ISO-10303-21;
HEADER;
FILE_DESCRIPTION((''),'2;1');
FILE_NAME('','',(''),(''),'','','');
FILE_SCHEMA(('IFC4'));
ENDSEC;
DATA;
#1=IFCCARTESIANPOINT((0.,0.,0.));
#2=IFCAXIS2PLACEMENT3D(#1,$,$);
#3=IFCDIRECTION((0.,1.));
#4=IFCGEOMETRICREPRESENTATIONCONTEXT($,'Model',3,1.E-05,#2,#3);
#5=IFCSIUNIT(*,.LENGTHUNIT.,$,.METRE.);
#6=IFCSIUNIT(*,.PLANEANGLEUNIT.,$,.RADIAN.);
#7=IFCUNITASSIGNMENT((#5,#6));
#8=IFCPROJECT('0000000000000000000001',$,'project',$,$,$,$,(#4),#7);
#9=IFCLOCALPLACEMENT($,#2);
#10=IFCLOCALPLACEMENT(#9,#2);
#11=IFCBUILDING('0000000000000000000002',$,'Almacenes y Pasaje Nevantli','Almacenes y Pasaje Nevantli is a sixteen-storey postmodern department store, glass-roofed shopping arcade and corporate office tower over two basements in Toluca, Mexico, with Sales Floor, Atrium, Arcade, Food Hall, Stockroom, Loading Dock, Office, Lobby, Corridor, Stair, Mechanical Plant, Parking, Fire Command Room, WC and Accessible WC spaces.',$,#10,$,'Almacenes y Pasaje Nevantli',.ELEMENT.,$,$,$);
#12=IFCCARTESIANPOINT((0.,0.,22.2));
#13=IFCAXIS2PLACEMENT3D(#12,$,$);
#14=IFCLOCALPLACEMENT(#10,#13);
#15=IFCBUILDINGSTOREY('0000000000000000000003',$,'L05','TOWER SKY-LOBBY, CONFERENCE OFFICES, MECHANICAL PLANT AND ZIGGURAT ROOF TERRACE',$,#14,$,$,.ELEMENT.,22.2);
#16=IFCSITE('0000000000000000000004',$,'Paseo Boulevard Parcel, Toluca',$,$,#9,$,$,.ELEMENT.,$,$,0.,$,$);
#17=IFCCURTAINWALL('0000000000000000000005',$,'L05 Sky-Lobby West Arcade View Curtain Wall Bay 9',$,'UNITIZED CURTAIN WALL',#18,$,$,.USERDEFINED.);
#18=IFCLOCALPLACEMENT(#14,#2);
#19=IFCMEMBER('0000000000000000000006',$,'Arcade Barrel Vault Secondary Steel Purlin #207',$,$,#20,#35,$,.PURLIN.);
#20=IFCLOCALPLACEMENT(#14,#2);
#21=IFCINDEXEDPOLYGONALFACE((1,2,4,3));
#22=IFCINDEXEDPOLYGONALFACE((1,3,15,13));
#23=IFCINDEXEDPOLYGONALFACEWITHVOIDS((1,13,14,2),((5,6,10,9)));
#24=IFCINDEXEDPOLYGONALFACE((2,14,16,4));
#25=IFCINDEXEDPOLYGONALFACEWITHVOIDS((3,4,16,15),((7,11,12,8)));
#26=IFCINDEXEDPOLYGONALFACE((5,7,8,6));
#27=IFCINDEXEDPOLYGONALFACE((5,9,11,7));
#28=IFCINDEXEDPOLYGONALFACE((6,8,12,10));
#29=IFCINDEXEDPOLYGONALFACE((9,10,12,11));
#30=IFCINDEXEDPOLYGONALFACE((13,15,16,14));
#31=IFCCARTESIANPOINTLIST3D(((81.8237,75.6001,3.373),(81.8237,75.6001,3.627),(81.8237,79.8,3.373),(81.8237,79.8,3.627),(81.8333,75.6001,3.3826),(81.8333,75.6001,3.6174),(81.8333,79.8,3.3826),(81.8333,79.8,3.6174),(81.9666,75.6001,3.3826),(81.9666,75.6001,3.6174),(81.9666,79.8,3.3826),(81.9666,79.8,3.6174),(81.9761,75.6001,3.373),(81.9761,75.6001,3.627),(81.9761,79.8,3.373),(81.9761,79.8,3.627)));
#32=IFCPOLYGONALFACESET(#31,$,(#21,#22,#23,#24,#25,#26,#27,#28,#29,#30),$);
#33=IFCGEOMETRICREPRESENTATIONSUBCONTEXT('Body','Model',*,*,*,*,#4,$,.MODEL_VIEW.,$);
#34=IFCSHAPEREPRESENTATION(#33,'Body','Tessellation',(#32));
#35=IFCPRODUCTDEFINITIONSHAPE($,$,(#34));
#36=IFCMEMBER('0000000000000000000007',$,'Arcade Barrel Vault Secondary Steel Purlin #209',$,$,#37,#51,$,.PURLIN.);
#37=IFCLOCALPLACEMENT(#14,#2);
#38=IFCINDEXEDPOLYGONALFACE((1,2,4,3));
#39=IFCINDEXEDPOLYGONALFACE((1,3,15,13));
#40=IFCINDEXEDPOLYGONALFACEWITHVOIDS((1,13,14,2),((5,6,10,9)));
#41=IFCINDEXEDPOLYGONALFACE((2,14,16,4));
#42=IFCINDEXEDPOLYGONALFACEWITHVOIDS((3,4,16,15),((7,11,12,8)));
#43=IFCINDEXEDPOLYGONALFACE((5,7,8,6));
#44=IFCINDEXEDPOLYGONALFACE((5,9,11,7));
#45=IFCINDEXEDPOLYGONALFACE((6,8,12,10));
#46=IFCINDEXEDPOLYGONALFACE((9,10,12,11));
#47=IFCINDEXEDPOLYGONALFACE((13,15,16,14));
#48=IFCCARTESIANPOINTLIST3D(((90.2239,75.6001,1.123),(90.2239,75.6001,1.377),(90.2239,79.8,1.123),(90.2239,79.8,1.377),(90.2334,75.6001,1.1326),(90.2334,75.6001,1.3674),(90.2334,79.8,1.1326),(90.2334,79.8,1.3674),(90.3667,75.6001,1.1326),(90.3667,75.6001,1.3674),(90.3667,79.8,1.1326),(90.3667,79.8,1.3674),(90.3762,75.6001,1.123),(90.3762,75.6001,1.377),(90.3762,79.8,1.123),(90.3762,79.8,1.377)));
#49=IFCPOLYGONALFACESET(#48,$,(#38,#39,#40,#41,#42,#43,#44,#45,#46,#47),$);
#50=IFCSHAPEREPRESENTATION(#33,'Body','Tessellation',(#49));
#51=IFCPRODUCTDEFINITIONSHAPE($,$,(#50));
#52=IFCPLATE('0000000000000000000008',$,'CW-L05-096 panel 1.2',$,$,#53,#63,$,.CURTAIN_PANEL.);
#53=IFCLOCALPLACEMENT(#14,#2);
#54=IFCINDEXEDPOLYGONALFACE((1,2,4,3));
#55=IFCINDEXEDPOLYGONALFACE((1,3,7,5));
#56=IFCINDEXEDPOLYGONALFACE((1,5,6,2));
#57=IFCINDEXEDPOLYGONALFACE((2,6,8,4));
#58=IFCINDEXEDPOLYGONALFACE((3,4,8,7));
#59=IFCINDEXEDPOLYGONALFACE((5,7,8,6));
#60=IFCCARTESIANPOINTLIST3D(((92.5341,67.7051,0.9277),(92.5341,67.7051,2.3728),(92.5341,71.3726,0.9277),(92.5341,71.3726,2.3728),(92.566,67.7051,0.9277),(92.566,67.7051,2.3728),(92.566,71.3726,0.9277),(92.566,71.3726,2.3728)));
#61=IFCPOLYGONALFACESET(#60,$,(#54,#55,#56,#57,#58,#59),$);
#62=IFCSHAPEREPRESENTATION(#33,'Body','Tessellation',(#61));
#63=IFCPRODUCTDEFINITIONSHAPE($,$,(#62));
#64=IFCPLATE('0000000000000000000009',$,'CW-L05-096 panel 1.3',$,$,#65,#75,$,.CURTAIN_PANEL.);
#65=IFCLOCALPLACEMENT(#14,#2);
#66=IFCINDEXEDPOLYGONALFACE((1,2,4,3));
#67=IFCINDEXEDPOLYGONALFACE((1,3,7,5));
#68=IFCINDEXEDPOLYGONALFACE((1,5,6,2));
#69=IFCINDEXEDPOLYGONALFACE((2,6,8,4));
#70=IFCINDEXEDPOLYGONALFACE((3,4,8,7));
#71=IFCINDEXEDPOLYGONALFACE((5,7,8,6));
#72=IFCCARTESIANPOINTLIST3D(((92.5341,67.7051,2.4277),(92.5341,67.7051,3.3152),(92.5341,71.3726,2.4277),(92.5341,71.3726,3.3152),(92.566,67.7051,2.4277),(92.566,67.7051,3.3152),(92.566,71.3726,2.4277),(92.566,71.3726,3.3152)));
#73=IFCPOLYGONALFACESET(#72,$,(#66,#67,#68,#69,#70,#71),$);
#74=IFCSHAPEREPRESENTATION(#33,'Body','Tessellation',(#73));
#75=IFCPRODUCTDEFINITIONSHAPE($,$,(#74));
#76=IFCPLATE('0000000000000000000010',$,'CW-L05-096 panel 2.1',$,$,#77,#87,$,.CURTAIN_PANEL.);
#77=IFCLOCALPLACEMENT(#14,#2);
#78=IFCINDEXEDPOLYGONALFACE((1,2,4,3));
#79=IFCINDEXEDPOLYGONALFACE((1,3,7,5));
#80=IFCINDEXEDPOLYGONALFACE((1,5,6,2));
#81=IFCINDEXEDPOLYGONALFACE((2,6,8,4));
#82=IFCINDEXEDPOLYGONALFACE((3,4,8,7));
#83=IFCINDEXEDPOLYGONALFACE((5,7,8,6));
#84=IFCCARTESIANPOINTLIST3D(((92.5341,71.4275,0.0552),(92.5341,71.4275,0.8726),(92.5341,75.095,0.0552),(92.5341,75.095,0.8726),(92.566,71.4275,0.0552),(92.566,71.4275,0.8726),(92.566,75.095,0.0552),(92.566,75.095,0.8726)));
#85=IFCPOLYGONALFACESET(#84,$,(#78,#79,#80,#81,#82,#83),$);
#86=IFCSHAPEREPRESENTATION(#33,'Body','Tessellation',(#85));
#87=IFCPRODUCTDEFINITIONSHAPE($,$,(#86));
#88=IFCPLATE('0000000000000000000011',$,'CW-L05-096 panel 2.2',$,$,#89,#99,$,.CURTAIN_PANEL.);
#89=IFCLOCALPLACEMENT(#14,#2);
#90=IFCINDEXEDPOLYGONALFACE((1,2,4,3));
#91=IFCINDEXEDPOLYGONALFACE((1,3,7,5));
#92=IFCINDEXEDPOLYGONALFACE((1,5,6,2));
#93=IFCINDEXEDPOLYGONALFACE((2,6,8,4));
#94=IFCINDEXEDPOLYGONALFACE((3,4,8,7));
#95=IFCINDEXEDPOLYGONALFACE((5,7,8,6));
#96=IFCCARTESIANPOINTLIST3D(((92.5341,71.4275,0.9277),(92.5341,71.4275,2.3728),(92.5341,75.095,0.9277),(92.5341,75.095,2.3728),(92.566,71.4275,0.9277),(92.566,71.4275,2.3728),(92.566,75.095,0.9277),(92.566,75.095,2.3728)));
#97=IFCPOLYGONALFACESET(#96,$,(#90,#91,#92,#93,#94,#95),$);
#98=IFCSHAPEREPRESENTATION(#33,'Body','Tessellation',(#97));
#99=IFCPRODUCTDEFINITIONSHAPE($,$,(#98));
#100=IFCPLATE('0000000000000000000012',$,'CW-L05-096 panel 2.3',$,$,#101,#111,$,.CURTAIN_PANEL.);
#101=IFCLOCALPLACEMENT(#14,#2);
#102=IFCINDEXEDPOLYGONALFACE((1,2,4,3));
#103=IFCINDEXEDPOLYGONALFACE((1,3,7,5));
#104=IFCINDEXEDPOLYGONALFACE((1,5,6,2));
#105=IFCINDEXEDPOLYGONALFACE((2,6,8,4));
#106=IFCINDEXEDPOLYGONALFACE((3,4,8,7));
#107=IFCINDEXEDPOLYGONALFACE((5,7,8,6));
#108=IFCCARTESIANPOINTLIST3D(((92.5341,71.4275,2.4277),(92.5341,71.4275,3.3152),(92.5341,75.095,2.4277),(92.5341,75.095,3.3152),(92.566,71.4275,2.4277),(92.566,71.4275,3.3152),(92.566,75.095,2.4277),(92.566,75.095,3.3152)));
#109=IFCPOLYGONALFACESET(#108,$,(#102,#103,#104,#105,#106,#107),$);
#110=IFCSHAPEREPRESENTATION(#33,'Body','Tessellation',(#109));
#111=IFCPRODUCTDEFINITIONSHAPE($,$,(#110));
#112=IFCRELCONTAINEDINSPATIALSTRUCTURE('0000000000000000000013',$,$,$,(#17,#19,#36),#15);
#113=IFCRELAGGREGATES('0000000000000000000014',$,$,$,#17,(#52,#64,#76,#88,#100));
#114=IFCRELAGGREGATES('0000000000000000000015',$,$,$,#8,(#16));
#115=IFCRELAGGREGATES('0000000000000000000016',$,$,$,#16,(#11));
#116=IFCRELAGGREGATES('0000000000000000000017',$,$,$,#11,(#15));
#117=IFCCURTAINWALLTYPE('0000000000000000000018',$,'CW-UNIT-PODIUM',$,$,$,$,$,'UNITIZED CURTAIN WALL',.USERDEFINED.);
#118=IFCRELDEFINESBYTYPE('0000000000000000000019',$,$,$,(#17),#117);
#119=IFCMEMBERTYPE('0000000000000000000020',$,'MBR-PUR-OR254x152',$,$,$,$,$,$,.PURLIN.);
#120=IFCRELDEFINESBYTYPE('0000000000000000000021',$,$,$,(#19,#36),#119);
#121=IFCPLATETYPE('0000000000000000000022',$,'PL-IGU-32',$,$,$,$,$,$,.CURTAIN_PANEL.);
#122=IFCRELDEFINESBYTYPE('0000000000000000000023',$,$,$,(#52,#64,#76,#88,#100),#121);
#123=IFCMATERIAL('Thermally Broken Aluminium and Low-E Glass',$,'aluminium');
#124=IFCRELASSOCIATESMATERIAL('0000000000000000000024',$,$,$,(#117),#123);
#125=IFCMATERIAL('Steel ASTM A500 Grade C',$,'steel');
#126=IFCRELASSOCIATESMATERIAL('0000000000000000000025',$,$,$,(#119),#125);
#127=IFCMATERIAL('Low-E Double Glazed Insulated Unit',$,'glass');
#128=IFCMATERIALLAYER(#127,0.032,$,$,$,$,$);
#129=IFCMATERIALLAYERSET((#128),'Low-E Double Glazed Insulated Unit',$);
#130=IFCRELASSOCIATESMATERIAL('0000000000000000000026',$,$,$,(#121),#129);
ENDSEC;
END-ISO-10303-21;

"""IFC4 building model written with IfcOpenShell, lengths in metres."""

from ifc_helpers import new_model, si_unit, direction, frame, origin, origin_2d, place, context, subcontext, project, spatial, rectangle, hollow_rectangle, extrude, material, layer, layer_set, material_profile, profile_set, type_object, element, aggregate, save


model = new_model("IFC4")

# Units and contexts
model_context = context("Model", 3, precision=1e-05, world=origin(), true_north=direction((0.0, 1.0)))
body_context = subcontext(model_context, "Body", "Model", "MODEL_VIEW")
ifc_project = project(units=[si_unit("LENGTHUNIT", "METRE"), si_unit("PLANEANGLEUNIT", "RADIAN")], contexts=[model_context])

# Site, building, storey
site_placement = place(None, origin())
site = spatial("IfcSite", under=ifc_project, at=site_placement, Name="Paseo Boulevard Parcel, Toluca", CompositionType="ELEMENT", RefElevation=0.0)
building_placement = place(site_placement, origin())
building = spatial("IfcBuilding", under=site, at=building_placement, Name="Almacenes y Pasaje Nevantli", Description="Almacenes y Pasaje Nevantli is a sixteen-storey postmodern department store, glass-roofed shopping arcade and corporate office tower over two basements in Toluca, Mexico, with Sales Floor, Atrium, Arcade, Food Hall, Stockroom, Loading Dock, Office, Lobby, Corridor, Stair, Mechanical Plant, Parking, Fire Command Room, WC and Accessible WC spaces.", LongName="Almacenes y Pasaje Nevantli", CompositionType="ELEMENT")
storey_placement = place(building_placement, frame((0.0, 0.0, 22.2)))
storey = spatial("IfcBuildingStorey", under=building, at=storey_placement, Name="L05", Description="TOWER SKY-LOBBY, CONFERENCE OFFICES, MECHANICAL PLANT AND ZIGGURAT ROOF TERRACE", CompositionType="ELEMENT", Elevation=22.2)

# Curtain wall
ifc_material_1 = material(Name="Thermally Broken Aluminium and Low-E Glass", Category="aluminium")
curtain_wall_type = type_object("IfcCurtainWallType", Name="CW-UNIT-PODIUM", ElementType="UNITIZED CURTAIN WALL", PredefinedType="USERDEFINED", material=ifc_material_1)
curtain_wall_placement = place(storey_placement, origin())
curtain_wall = element("IfcCurtainWall", 1, at=curtain_wall_placement, inside=storey, type_object=curtain_wall_type, Name="L05 Sky-Lobby West Arcade View Curtain Wall Bay 9", ObjectType="UNITIZED CURTAIN WALL", PredefinedType="USERDEFINED")

# Members
ifc_material_2 = material(Name="Steel ASTM A500 Grade C", Category="steel")
ifc_material_profile_1 = material_profile(ifc_material_2, hollow_rectangle(XDim=0.1523, YDim=0.2539, WallThickness=0.0095, at=origin_2d()), Name="OR 254x152x9.5")
ifc_profile_set_1 = profile_set([ifc_material_profile_1], Name="Steel ASTM A500 Grade C")
member_type_1 = type_object("IfcMemberType", Name="MBR-PUR-OR254x152", PredefinedType="PURLIN", material=ifc_profile_set_1)
for number, where, z_axis, x_axis, name in (
    (2, (81.8999, 75.6001, 3.5), (0.0, 1.0, 0.0), (-1.0, 0.0, 0.0), "Arcade Barrel Vault Secondary Steel Purlin #207"),
    (3, (90.3, 75.6001, 1.25), (0.0, 1.0, 0.0), (-1.0, 0.0, 0.0), "Arcade Barrel Vault Secondary Steel Purlin #209"),
):
    element("IfcMember", number, at=place(storey_placement, frame(where, z_axis=z_axis, x_axis=x_axis)), inside=storey, type_object=member_type_1, Name=name, PredefinedType="PURLIN", context=body_context, shape_type="SweptSolid", body=[
        extrude(hollow_rectangle(XDim=0.1523, YDim=0.2539, WallThickness=0.0095, at=origin_2d()), origin(), (0.0, 0.0, 1.0), 4.2),
    ])

# Plates
ifc_material_3 = material(Name="Low-E Double Glazed Insulated Unit", Category="glass")
ifc_layer = layer(ifc_material_3, 0.032)
ifc_layer_set = layer_set([ifc_layer], Name="Low-E Double Glazed Insulated Unit")
plate_type = type_object("IfcPlateType", Name="PL-IGU-32", PredefinedType="CURTAIN_PANEL", material=ifc_layer_set)
plate_1_placement = place(storey_placement, frame((92.55, 69.5388, 0.9277), z_axis=(0.0, 0.0, 1.0), x_axis=(0.0, 1.0, 0.0)))
plate_1 = element("IfcPlate", 4, at=plate_1_placement, type_object=plate_type, Name="CW-L05-096 panel 1.2", PredefinedType="CURTAIN_PANEL", context=body_context, shape_type="SweptSolid", body=[
    extrude(rectangle(XDim=3.6675, YDim=0.032, at=origin_2d()), origin(), (0.0, 0.0, 1.0), 1.4451),
])
plate_2_placement = place(storey_placement, frame((92.55, 69.5388, 2.4277), z_axis=(0.0, 0.0, 1.0), x_axis=(0.0, 1.0, 0.0)))
plate_2 = element("IfcPlate", 5, at=plate_2_placement, type_object=plate_type, Name="CW-L05-096 panel 1.3", PredefinedType="CURTAIN_PANEL", context=body_context, shape_type="SweptSolid", body=[
    extrude(rectangle(XDim=3.6675, YDim=0.032, at=origin_2d()), origin(), (0.0, 0.0, 1.0), 0.8875),
])
plate_3_placement = place(storey_placement, frame((92.55, 73.2612, 0.0552), z_axis=(0.0, 0.0, 1.0), x_axis=(0.0, 1.0, 0.0)))
plate_3 = element("IfcPlate", 6, at=plate_3_placement, type_object=plate_type, Name="CW-L05-096 panel 2.1", PredefinedType="CURTAIN_PANEL", context=body_context, shape_type="SweptSolid", body=[
    extrude(rectangle(XDim=3.6675, YDim=0.032, at=origin_2d()), origin(), (0.0, 0.0, 1.0), 0.8174),
])
plate_4_placement = place(storey_placement, frame((92.55, 73.2612, 0.9277), z_axis=(0.0, 0.0, 1.0), x_axis=(0.0, 1.0, 0.0)))
plate_4 = element("IfcPlate", 7, at=plate_4_placement, type_object=plate_type, Name="CW-L05-096 panel 2.2", PredefinedType="CURTAIN_PANEL", context=body_context, shape_type="SweptSolid", body=[
    extrude(rectangle(XDim=3.6675, YDim=0.032, at=origin_2d()), origin(), (0.0, 0.0, 1.0), 1.4451),
])
plate_5_placement = place(storey_placement, frame((92.55, 73.2612, 2.4277), z_axis=(0.0, 0.0, 1.0), x_axis=(0.0, 1.0, 0.0)))
plate_5 = element("IfcPlate", 8, at=plate_5_placement, type_object=plate_type, Name="CW-L05-096 panel 2.3", PredefinedType="CURTAIN_PANEL", context=body_context, shape_type="SweptSolid", body=[
    extrude(rectangle(XDim=3.6675, YDim=0.032, at=origin_2d()), origin(), (0.0, 0.0, 1.0), 0.8875),
])
aggregate(curtain_wall, [plate_1, plate_2, plate_3, plate_4, plate_5])

save(model, "model.ifc")
